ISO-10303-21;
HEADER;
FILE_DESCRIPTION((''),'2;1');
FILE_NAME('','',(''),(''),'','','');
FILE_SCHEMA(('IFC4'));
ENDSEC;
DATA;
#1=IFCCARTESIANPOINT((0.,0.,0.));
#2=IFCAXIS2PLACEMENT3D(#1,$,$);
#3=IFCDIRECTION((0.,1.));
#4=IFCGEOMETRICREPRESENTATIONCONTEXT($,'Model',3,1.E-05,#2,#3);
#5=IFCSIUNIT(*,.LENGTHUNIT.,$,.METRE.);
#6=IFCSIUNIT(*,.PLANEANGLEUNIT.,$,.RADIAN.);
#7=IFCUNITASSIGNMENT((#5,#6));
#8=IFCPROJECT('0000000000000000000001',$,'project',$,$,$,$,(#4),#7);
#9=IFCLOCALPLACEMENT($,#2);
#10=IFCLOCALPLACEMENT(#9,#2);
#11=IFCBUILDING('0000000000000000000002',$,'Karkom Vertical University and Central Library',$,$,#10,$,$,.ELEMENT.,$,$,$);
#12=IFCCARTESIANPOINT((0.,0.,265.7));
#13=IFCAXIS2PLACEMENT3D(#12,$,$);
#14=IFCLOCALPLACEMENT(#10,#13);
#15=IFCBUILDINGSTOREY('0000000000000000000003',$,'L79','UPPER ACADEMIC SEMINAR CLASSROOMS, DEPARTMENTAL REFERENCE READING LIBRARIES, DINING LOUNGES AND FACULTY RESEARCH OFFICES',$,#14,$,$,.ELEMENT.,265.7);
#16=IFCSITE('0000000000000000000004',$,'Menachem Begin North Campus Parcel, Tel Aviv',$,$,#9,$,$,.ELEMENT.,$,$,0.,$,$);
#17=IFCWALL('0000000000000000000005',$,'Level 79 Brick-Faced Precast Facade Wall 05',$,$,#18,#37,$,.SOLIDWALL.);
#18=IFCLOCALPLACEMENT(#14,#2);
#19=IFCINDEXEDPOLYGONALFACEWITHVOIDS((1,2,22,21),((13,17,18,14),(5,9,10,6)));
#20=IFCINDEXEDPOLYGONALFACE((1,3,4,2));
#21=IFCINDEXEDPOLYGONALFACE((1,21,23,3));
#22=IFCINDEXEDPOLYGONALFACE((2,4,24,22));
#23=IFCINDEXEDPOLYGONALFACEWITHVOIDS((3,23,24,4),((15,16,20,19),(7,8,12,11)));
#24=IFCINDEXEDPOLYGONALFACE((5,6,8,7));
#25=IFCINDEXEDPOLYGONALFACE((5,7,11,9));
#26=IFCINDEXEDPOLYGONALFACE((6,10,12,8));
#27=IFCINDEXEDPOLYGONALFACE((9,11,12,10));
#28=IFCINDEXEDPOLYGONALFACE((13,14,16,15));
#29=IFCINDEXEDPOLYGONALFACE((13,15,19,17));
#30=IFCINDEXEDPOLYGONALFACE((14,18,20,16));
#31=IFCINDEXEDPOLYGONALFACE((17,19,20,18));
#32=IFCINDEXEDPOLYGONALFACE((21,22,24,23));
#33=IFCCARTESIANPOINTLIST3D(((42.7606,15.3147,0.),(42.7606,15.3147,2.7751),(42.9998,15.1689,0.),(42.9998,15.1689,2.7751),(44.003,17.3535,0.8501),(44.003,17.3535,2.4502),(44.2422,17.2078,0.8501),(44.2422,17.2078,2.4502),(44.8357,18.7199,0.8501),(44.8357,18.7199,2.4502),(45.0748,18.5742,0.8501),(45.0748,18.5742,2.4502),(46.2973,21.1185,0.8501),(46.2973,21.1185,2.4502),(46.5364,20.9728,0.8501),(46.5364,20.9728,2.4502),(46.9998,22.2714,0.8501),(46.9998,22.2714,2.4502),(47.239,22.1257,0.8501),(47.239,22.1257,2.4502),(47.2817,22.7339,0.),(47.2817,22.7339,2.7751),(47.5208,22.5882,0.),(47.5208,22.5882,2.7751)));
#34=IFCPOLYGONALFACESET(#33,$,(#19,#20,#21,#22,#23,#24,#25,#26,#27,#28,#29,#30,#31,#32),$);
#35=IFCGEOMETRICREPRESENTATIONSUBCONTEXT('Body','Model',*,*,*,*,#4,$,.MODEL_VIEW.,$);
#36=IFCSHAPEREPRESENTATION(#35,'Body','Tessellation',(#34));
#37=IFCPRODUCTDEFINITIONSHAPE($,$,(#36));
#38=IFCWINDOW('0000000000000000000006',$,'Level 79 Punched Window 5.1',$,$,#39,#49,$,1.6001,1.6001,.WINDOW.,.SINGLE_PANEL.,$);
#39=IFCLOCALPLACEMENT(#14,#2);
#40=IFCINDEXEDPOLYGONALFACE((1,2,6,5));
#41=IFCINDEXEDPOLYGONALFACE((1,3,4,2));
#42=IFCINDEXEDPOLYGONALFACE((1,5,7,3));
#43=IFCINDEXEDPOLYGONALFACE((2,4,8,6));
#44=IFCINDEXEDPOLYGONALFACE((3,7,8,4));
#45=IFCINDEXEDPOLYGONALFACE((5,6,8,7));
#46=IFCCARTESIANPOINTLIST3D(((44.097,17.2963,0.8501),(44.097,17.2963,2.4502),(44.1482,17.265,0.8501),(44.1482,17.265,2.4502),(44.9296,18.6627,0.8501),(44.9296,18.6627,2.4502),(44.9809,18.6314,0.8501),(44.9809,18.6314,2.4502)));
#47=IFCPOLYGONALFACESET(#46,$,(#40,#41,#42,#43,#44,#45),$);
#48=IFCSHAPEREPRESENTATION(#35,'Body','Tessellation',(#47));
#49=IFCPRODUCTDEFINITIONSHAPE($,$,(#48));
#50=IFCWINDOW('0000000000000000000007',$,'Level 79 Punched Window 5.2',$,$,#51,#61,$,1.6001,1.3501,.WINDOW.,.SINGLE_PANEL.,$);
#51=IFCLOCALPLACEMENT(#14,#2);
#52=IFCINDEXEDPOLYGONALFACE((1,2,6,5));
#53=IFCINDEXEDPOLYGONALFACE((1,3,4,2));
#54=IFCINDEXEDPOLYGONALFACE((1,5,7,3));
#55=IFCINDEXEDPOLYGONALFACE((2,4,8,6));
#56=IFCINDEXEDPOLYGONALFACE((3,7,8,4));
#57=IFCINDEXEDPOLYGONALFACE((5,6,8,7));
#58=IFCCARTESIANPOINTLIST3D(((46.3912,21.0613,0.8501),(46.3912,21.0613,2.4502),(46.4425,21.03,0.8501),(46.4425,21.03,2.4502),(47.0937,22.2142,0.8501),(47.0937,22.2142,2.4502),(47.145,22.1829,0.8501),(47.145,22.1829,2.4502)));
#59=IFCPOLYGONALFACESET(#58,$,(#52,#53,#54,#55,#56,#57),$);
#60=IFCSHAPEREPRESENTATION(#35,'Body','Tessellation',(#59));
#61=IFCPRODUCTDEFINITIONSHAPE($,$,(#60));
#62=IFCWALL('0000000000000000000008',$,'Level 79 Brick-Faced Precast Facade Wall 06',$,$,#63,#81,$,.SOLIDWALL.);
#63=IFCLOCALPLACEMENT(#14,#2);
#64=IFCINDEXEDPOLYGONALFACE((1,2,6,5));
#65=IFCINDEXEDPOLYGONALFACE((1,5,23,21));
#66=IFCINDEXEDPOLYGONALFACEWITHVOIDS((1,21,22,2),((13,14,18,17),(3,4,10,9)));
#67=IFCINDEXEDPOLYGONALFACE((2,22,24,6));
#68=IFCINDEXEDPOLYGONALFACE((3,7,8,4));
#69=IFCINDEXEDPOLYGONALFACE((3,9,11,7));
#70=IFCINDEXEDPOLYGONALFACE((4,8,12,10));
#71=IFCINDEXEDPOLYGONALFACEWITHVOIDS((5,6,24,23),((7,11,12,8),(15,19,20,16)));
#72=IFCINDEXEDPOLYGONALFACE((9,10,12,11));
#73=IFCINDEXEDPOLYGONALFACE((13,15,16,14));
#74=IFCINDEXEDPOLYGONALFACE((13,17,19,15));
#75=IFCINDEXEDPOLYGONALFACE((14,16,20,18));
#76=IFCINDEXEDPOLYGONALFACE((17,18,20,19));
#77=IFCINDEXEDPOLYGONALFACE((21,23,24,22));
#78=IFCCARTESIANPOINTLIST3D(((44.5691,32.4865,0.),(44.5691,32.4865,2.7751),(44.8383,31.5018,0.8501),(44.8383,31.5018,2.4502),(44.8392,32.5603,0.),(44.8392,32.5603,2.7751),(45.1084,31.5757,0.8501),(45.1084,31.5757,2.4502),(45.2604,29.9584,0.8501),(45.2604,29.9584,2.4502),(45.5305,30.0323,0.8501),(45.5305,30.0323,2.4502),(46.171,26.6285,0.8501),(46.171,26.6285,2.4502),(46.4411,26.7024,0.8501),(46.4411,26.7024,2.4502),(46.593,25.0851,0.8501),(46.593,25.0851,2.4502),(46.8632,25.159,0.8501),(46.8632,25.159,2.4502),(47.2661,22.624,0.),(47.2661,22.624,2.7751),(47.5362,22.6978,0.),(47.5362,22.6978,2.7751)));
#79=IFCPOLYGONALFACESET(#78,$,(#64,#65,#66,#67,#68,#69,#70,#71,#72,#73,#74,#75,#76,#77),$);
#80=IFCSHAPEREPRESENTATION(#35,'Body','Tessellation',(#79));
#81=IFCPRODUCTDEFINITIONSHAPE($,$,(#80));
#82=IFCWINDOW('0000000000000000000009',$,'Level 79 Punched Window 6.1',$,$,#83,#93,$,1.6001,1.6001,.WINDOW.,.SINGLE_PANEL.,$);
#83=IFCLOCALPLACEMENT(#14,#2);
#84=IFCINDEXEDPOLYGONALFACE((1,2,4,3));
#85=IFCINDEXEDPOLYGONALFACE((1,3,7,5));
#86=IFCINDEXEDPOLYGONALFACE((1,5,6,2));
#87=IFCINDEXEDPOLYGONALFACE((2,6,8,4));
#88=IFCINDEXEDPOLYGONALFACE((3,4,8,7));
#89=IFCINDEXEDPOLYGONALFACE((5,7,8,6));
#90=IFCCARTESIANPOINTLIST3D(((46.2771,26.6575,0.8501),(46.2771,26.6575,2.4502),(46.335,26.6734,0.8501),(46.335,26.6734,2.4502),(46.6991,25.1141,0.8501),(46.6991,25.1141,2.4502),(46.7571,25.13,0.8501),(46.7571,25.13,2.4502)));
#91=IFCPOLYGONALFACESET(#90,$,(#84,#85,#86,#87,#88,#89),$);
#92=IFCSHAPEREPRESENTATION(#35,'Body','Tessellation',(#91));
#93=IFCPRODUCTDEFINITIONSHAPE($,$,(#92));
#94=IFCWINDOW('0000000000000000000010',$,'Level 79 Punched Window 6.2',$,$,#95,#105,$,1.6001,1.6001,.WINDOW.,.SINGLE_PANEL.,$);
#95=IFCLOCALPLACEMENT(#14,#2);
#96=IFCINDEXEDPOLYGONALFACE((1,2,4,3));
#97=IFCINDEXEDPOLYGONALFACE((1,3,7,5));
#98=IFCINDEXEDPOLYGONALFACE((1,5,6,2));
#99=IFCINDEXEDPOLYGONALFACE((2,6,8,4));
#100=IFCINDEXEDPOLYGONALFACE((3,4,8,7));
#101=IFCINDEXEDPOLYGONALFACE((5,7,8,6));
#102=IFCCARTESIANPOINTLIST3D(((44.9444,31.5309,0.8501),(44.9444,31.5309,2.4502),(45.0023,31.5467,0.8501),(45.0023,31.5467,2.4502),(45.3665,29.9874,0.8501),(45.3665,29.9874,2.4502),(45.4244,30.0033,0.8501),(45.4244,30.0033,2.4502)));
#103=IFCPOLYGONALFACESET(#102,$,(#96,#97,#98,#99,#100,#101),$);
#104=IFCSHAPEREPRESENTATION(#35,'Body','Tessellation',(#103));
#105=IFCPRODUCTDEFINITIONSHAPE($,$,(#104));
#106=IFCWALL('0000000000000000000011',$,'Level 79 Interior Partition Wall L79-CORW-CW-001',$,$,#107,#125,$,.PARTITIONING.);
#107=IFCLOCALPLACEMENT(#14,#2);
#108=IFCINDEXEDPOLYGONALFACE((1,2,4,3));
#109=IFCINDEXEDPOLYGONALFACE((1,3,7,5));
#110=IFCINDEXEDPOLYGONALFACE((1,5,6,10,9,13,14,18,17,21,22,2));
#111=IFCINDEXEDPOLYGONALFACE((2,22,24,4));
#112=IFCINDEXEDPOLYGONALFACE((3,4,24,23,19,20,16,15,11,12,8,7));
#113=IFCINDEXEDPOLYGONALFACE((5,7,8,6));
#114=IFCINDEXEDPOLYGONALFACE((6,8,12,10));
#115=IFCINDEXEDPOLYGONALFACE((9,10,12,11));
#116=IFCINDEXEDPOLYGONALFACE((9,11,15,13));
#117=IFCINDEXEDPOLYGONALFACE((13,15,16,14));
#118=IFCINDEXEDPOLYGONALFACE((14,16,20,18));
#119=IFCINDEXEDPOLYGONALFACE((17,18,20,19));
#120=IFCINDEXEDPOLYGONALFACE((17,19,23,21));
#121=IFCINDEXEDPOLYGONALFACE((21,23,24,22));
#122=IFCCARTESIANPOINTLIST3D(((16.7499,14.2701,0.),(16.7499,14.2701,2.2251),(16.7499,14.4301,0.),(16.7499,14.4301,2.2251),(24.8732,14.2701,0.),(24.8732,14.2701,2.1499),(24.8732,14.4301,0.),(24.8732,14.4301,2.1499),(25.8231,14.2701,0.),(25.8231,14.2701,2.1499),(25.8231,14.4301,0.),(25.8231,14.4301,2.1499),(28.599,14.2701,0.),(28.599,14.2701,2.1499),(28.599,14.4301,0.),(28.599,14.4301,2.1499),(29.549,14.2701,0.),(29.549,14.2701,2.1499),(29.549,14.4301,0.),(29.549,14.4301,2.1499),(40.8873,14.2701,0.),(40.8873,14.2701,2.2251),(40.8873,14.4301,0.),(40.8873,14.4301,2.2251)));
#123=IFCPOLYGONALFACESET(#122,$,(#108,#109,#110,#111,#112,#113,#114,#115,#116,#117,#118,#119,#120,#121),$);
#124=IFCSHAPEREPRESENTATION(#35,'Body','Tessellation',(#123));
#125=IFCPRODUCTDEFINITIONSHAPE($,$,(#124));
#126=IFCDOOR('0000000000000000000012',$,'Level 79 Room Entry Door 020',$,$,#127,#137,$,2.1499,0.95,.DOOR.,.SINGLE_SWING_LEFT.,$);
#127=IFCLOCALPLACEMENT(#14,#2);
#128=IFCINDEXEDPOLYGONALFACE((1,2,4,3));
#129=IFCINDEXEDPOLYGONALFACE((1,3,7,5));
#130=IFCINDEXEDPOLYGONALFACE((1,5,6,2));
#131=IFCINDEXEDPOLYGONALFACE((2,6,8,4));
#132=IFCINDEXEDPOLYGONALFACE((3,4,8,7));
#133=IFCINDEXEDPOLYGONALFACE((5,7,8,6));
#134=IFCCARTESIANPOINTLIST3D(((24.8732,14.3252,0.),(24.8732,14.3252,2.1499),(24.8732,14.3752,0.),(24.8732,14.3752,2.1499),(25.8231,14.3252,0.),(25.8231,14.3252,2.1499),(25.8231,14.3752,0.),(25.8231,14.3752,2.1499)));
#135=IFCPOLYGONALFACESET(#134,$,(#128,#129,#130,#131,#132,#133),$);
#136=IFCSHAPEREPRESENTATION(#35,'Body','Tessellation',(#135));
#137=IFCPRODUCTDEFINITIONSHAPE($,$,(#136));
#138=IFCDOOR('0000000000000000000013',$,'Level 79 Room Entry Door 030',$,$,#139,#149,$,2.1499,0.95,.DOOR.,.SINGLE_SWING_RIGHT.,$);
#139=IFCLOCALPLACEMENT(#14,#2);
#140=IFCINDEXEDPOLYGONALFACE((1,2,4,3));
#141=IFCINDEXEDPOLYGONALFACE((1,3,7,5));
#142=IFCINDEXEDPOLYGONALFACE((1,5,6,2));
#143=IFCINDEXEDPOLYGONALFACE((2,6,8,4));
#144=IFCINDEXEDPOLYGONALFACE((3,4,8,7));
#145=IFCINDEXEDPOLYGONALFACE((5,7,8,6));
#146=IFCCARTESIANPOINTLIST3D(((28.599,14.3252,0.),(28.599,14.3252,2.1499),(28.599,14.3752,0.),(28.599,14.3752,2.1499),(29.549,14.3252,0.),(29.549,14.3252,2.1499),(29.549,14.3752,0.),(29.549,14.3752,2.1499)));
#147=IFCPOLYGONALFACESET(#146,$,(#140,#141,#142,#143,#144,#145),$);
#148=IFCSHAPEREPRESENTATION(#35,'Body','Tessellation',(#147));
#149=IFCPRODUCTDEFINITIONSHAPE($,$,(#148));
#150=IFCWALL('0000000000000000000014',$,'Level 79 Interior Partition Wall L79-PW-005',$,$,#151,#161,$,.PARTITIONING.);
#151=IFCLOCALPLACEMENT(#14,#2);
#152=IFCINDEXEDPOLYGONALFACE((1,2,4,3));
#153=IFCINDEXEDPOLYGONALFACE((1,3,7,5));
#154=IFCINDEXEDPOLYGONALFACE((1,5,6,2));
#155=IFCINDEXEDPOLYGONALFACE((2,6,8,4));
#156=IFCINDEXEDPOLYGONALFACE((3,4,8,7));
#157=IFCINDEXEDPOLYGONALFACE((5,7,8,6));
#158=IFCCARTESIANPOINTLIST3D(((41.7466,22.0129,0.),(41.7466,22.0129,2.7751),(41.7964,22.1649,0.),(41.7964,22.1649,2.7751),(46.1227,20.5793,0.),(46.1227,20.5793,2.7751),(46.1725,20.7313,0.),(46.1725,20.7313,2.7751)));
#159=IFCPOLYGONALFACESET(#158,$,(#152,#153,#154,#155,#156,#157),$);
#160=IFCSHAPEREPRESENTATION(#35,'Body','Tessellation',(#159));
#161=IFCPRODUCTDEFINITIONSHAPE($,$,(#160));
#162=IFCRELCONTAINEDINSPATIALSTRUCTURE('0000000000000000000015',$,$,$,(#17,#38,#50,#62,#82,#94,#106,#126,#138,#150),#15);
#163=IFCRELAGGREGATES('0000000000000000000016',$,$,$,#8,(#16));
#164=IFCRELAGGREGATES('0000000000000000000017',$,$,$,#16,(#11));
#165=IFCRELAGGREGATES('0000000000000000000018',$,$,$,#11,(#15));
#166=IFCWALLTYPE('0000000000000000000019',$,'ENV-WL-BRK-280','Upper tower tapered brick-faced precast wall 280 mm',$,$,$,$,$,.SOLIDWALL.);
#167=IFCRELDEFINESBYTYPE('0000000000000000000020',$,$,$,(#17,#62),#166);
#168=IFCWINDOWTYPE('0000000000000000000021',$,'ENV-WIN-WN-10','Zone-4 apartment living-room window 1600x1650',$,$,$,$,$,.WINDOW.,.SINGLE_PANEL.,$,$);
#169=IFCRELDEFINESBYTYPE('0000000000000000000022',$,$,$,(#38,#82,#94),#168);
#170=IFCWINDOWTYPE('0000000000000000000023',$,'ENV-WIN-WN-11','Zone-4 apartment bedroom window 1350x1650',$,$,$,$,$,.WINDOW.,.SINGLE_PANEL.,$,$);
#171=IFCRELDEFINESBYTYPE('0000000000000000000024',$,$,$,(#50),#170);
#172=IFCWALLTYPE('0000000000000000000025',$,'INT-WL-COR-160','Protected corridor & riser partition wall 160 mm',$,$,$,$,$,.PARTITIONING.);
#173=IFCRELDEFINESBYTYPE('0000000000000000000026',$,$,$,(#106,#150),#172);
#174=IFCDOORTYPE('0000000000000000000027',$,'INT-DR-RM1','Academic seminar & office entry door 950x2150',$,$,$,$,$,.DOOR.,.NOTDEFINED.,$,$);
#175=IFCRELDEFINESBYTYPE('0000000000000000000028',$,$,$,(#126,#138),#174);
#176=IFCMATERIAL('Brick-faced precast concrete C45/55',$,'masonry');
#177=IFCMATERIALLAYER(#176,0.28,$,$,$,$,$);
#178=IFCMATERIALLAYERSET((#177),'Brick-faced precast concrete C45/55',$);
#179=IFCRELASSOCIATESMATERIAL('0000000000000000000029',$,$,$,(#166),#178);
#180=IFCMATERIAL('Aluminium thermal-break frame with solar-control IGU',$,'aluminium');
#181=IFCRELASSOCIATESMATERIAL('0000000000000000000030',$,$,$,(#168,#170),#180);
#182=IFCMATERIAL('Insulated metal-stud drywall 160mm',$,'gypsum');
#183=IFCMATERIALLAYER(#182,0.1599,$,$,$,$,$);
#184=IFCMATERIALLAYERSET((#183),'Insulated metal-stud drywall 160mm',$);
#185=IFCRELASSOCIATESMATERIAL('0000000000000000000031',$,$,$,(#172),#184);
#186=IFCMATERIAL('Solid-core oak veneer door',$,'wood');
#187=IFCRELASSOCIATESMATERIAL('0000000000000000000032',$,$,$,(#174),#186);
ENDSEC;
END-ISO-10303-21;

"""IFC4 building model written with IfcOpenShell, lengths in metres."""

from ifc_helpers import new_model, si_unit, direction, frame, frame_2d, origin, origin_with_axes, place, context, subcontext, project, spatial, rectangle, extrude, source, transform, mapped, material, layer, layer_set, type_object, element, fill, save


model = new_model("IFC4")

# Units and contexts
model_context = context("Model", 3, precision=1e-05, world=origin(), true_north=direction((0.0, 1.0)))
body_context = subcontext(model_context, "Body", "Model", "MODEL_VIEW")
ifc_project = project(units=[si_unit("LENGTHUNIT", "METRE"), si_unit("PLANEANGLEUNIT", "RADIAN")], contexts=[model_context])

# Site, building, storey
site_placement = place(None, origin())
site = spatial("IfcSite", under=ifc_project, at=site_placement, Name="Menachem Begin North Campus Parcel, Tel Aviv", CompositionType="ELEMENT", RefElevation=0.0)
building_placement = place(site_placement, origin())
building = spatial("IfcBuilding", under=site, at=building_placement, Name="Karkom Vertical University and Central Library", CompositionType="ELEMENT")
storey_placement = place(building_placement, frame((0.0, 0.0, 265.7)))
storey = spatial("IfcBuildingStorey", under=building, at=storey_placement, Name="L79", Description="UPPER ACADEMIC SEMINAR CLASSROOMS, DEPARTMENTAL REFERENCE READING LIBRARIES, DINING LOUNGES AND FACULTY RESEARCH OFFICES", CompositionType="ELEMENT", Elevation=265.7)

# Walls, openings, windows
ifc_material_1 = material(Name="Brick-faced precast concrete C45/55", Category="masonry")
ifc_layer_1 = layer(ifc_material_1, 0.28)
ifc_layer_set_1 = layer_set([ifc_layer_1], Name="Brick-faced precast concrete C45/55")
wall_type_1 = type_object("IfcWallType", Name="ENV-WL-BRK-280", Description="Upper tower tapered brick-faced precast wall 280 mm", PredefinedType="SOLIDWALL", material=ifc_layer_set_1)
wall_1_placement = place(storey_placement, frame((42.8801, 15.2417, 0.0), z_axis=(0.0, 0.0, 1.0), x_axis=(0.520364, 0.853945, 0.0)))
wall_1 = element("IfcWall", 1, at=wall_1_placement, inside=storey, type_object=wall_type_1, Name="Level 79 Brick-Faced Precast Facade Wall 05", PredefinedType="SOLIDWALL", context=body_context, shape_type="SweptSolid", body=[
    extrude(rectangle(XDim=8.6882, YDim=0.28, at=frame_2d((4.3442, 0.0))), origin(), (0.0, 0.0, 1.0), 2.7751),
])
opening_1_placement = place(wall_1_placement, frame((2.3877, 0.0, 0.8501)))
opening_1 = element("IfcOpeningElement", 2, at=opening_1_placement, cuts=wall_1, PredefinedType="OPENING", context=body_context, shape_type="SweptSolid", body=[
    extrude(rectangle(XDim=1.6001, YDim=1.6001, at=frame_2d((0.8, 0.8))), frame((0.0, 0.1499, 0.0), z_axis=(0.0, -1.0, 0.0), x_axis=(1.0, 0.0, 0.0)), (0.0, 0.0, 1.0), 0.3),
])
opening_2_placement = place(wall_1_placement, frame((6.7966, 0.0, 0.8501)))
opening_2 = element("IfcOpeningElement", 3, at=opening_2_placement, cuts=wall_1, PredefinedType="OPENING", context=body_context, shape_type="SweptSolid", body=[
    extrude(rectangle(XDim=1.3501, YDim=1.6001, at=frame_2d((0.675, 0.8))), frame((0.0, 0.1499, 0.0), z_axis=(0.0, -1.0, 0.0), x_axis=(1.0, 0.0, 0.0)), (0.0, 0.0, 1.0), 0.3),
])
ifc_material_2 = material(Name="Aluminium thermal-break frame with solar-control IGU", Category="aluminium")
window_type_1 = type_object("IfcWindowType", Name="ENV-WIN-WN-10", Description="Zone-4 apartment living-room window 1600x1650", PartitioningType="SINGLE_PANEL", PredefinedType="WINDOW", material=ifc_material_2)
shared_shape_1 = source(origin_with_axes(), body_context, "Body", "SweptSolid", [
    extrude(rectangle(XDim=1.6001, YDim=1.6001, at=frame_2d((0.8, 0.8))), frame((0.0, 0.03, 0.0), z_axis=(0.0, -1.0, 0.0), x_axis=(1.0, 0.0, 0.0)), (0.0, 0.0, 1.0), 0.0601),
])
window_1_placement = place(opening_1_placement, origin())
window_1 = element("IfcWindow", 4, at=window_1_placement, inside=storey, type_object=window_type_1, Name="Level 79 Punched Window 5.1", OverallHeight=1.6001, OverallWidth=1.6001, PartitioningType="SINGLE_PANEL", PredefinedType="WINDOW", context=body_context, shape_type="MappedRepresentation", body=[
    mapped(shared_shape_1, transform((0.0, 0.0, 0.0), scale=1.0)),
])
fill(opening_1, window_1)
window_type_2 = type_object("IfcWindowType", Name="ENV-WIN-WN-11", Description="Zone-4 apartment bedroom window 1350x1650", PartitioningType="SINGLE_PANEL", PredefinedType="WINDOW", material=ifc_material_2)
shared_shape_2 = source(origin_with_axes(), body_context, "Body", "SweptSolid", [
    extrude(rectangle(XDim=1.3501, YDim=1.6001, at=frame_2d((0.675, 0.8))), frame((0.0, 0.03, 0.0), z_axis=(0.0, -1.0, 0.0), x_axis=(1.0, 0.0, 0.0)), (0.0, 0.0, 1.0), 0.0601),
])
window_2_placement = place(opening_2_placement, origin())
window_2 = element("IfcWindow", 5, at=window_2_placement, inside=storey, type_object=window_type_2, Name="Level 79 Punched Window 5.2", OverallHeight=1.6001, OverallWidth=1.3501, PartitioningType="SINGLE_PANEL", PredefinedType="WINDOW", context=body_context, shape_type="MappedRepresentation", body=[
    mapped(shared_shape_2, transform((0.0, 0.0, 0.0), scale=1.0)),
])
fill(opening_2, window_2)
wall_2_placement = place(storey_placement, frame((47.4011, 22.6609, 0.0), z_axis=(0.0, 0.0, 1.0), x_axis=(-0.263776, 0.964584, 0.0)))
wall_2 = element("IfcWall", 6, at=wall_2_placement, inside=storey, type_object=wall_type_1, Name="Level 79 Brick-Faced Precast Facade Wall 06", PredefinedType="SOLIDWALL", context=body_context, shape_type="SweptSolid", body=[
    extrude(rectangle(XDim=10.2246, YDim=0.28, at=frame_2d((5.1123, 0.0))), origin(), (0.0, 0.0, 1.0), 2.7751),
])
opening_3_placement = place(wall_2_placement, frame((2.5515, 0.0, 0.8501)))
opening_3 = element("IfcOpeningElement", 7, at=opening_3_placement, cuts=wall_2, PredefinedType="OPENING", context=body_context, shape_type="SweptSolid", body=[
    extrude(rectangle(XDim=1.6001, YDim=1.6001, at=frame_2d((0.8, 0.8))), frame((0.0, 0.1499, 0.0), z_axis=(0.0, -1.0, 0.0), x_axis=(1.0, 0.0, 0.0)), (0.0, 0.0, 1.0), 0.3),
])
opening_4_placement = place(wall_2_placement, frame((7.6038, 0.0, 0.8501)))
opening_4 = element("IfcOpeningElement", 8, at=opening_4_placement, cuts=wall_2, PredefinedType="OPENING", context=body_context, shape_type="SweptSolid", body=[
    extrude(rectangle(XDim=1.6001, YDim=1.6001, at=frame_2d((0.8, 0.8))), frame((0.0, 0.1499, 0.0), z_axis=(0.0, -1.0, 0.0), x_axis=(1.0, 0.0, 0.0)), (0.0, 0.0, 1.0), 0.3),
])
window_3_placement = place(opening_3_placement, origin())
window_3 = element("IfcWindow", 9, at=window_3_placement, inside=storey, type_object=window_type_1, Name="Level 79 Punched Window 6.1", OverallHeight=1.6001, OverallWidth=1.6001, PartitioningType="SINGLE_PANEL", PredefinedType="WINDOW", context=body_context, shape_type="MappedRepresentation", body=[
    mapped(shared_shape_1, transform((0.0, 0.0, 0.0), scale=1.0)),
])
fill(opening_3, window_3)
window_4_placement = place(opening_4_placement, origin())
window_4 = element("IfcWindow", 10, at=window_4_placement, inside=storey, type_object=window_type_1, Name="Level 79 Punched Window 6.2", OverallHeight=1.6001, OverallWidth=1.6001, PartitioningType="SINGLE_PANEL", PredefinedType="WINDOW", context=body_context, shape_type="MappedRepresentation", body=[
    mapped(shared_shape_1, transform((0.0, 0.0, 0.0), scale=1.0)),
])
fill(opening_4, window_4)

# Wall, openings, doors
ifc_material_3 = material(Name="Insulated metal-stud drywall 160mm", Category="gypsum")
ifc_layer_2 = layer(ifc_material_3, 0.1599)
ifc_layer_set_2 = layer_set([ifc_layer_2], Name="Insulated metal-stud drywall 160mm")
wall_type_2 = type_object("IfcWallType", Name="INT-WL-COR-160", Description="Protected corridor & riser partition wall 160 mm", PredefinedType="PARTITIONING", material=ifc_layer_set_2)
wall_3_placement = place(storey_placement, frame((40.8875, 14.3501, 0.0), z_axis=(0.0, 0.0, 1.0), x_axis=(-1.0, 0.0, 0.0)))
wall_3 = element("IfcWall", 11, at=wall_3_placement, inside=storey, type_object=wall_type_2, Name="Level 79 Interior Partition Wall L79-CORW-CW-001", PredefinedType="PARTITIONING", context=body_context, shape_type="SweptSolid", body=[
    extrude(rectangle(XDim=24.1375, YDim=0.1599, at=frame_2d((12.0688, 0.0))), origin(), (0.0, 0.0, 1.0), 2.2251),
])
opening_5_placement = place(wall_3_placement, frame((15.0642, 0.0, 0.0)))
opening_5 = element("IfcOpeningElement", 12, at=opening_5_placement, cuts=wall_3, PredefinedType="OPENING", context=body_context, shape_type="SweptSolid", body=[
    extrude(rectangle(XDim=0.95, YDim=2.1499, at=frame_2d((0.4751, 1.075))), frame((0.0, 0.0898, 0.0), z_axis=(0.0, -1.0, 0.0), x_axis=(1.0, 0.0, 0.0)), (0.0, 0.0, 1.0), 0.1799),
])
opening_6_placement = place(wall_3_placement, frame((11.3384, 0.0, 0.0)))
opening_6 = element("IfcOpeningElement", 13, at=opening_6_placement, cuts=wall_3, PredefinedType="OPENING", context=body_context, shape_type="SweptSolid", body=[
    extrude(rectangle(XDim=0.95, YDim=2.1499, at=frame_2d((0.4751, 1.075))), frame((0.0, 0.0898, 0.0), z_axis=(0.0, -1.0, 0.0), x_axis=(1.0, 0.0, 0.0)), (0.0, 0.0, 1.0), 0.1799),
])
ifc_material_4 = material(Name="Solid-core oak veneer door", Category="wood")
door_type_1 = type_object("IfcDoorType", Name="INT-DR-RM1", Description="Academic seminar & office entry door 950x2150", OperationType="NOTDEFINED", PredefinedType="DOOR", material=ifc_material_4)
shared_shape_3 = source(origin_with_axes(), body_context, "Body", "SweptSolid", [
    extrude(rectangle(XDim=0.95, YDim=2.1499, at=frame_2d((0.4751, 1.075))), frame((0.0, 0.0249, 0.0), z_axis=(0.0, -1.0, 0.0), x_axis=(1.0, 0.0, 0.0)), (0.0, 0.0, 1.0), 0.05),
])
door_1_placement = place(opening_5_placement, origin())
door_1 = element("IfcDoor", 14, at=door_1_placement, inside=storey, type_object=door_type_1, Name="Level 79 Room Entry Door 020", OperationType="SINGLE_SWING_LEFT", OverallHeight=2.1499, OverallWidth=0.95, PredefinedType="DOOR", context=body_context, shape_type="MappedRepresentation", body=[
    mapped(shared_shape_3, transform((0.0, 0.0, 0.0), scale=1.0)),
])
fill(opening_5, door_1)
door_2_placement = place(opening_6_placement, origin())
door_2 = element("IfcDoor", 15, at=door_2_placement, inside=storey, type_object=door_type_1, Name="Level 79 Room Entry Door 030", OperationType="SINGLE_SWING_RIGHT", OverallHeight=2.1499, OverallWidth=0.95, PredefinedType="DOOR", context=body_context, shape_type="MappedRepresentation", body=[
    mapped(shared_shape_3, transform((0.0, 0.0, 0.0), scale=1.0)),
])
fill(opening_6, door_2)

# Wall
wall_4_placement = place(storey_placement, frame((41.7715, 22.0889, 0.0), z_axis=(0.0, 0.0, 1.0), x_axis=(0.950309, -0.311309, 0.0)))
element("IfcWall", 16, at=wall_4_placement, inside=storey, type_object=wall_type_2, Name="Level 79 Interior Partition Wall L79-PW-005", PredefinedType="PARTITIONING", context=body_context, shape_type="SweptSolid", body=[
    extrude(rectangle(XDim=4.605, YDim=0.1599, at=frame_2d((2.3025, 0.0))), origin(), (0.0, 0.0, 1.0), 2.7751),
])

save(model, "model.ifc")
